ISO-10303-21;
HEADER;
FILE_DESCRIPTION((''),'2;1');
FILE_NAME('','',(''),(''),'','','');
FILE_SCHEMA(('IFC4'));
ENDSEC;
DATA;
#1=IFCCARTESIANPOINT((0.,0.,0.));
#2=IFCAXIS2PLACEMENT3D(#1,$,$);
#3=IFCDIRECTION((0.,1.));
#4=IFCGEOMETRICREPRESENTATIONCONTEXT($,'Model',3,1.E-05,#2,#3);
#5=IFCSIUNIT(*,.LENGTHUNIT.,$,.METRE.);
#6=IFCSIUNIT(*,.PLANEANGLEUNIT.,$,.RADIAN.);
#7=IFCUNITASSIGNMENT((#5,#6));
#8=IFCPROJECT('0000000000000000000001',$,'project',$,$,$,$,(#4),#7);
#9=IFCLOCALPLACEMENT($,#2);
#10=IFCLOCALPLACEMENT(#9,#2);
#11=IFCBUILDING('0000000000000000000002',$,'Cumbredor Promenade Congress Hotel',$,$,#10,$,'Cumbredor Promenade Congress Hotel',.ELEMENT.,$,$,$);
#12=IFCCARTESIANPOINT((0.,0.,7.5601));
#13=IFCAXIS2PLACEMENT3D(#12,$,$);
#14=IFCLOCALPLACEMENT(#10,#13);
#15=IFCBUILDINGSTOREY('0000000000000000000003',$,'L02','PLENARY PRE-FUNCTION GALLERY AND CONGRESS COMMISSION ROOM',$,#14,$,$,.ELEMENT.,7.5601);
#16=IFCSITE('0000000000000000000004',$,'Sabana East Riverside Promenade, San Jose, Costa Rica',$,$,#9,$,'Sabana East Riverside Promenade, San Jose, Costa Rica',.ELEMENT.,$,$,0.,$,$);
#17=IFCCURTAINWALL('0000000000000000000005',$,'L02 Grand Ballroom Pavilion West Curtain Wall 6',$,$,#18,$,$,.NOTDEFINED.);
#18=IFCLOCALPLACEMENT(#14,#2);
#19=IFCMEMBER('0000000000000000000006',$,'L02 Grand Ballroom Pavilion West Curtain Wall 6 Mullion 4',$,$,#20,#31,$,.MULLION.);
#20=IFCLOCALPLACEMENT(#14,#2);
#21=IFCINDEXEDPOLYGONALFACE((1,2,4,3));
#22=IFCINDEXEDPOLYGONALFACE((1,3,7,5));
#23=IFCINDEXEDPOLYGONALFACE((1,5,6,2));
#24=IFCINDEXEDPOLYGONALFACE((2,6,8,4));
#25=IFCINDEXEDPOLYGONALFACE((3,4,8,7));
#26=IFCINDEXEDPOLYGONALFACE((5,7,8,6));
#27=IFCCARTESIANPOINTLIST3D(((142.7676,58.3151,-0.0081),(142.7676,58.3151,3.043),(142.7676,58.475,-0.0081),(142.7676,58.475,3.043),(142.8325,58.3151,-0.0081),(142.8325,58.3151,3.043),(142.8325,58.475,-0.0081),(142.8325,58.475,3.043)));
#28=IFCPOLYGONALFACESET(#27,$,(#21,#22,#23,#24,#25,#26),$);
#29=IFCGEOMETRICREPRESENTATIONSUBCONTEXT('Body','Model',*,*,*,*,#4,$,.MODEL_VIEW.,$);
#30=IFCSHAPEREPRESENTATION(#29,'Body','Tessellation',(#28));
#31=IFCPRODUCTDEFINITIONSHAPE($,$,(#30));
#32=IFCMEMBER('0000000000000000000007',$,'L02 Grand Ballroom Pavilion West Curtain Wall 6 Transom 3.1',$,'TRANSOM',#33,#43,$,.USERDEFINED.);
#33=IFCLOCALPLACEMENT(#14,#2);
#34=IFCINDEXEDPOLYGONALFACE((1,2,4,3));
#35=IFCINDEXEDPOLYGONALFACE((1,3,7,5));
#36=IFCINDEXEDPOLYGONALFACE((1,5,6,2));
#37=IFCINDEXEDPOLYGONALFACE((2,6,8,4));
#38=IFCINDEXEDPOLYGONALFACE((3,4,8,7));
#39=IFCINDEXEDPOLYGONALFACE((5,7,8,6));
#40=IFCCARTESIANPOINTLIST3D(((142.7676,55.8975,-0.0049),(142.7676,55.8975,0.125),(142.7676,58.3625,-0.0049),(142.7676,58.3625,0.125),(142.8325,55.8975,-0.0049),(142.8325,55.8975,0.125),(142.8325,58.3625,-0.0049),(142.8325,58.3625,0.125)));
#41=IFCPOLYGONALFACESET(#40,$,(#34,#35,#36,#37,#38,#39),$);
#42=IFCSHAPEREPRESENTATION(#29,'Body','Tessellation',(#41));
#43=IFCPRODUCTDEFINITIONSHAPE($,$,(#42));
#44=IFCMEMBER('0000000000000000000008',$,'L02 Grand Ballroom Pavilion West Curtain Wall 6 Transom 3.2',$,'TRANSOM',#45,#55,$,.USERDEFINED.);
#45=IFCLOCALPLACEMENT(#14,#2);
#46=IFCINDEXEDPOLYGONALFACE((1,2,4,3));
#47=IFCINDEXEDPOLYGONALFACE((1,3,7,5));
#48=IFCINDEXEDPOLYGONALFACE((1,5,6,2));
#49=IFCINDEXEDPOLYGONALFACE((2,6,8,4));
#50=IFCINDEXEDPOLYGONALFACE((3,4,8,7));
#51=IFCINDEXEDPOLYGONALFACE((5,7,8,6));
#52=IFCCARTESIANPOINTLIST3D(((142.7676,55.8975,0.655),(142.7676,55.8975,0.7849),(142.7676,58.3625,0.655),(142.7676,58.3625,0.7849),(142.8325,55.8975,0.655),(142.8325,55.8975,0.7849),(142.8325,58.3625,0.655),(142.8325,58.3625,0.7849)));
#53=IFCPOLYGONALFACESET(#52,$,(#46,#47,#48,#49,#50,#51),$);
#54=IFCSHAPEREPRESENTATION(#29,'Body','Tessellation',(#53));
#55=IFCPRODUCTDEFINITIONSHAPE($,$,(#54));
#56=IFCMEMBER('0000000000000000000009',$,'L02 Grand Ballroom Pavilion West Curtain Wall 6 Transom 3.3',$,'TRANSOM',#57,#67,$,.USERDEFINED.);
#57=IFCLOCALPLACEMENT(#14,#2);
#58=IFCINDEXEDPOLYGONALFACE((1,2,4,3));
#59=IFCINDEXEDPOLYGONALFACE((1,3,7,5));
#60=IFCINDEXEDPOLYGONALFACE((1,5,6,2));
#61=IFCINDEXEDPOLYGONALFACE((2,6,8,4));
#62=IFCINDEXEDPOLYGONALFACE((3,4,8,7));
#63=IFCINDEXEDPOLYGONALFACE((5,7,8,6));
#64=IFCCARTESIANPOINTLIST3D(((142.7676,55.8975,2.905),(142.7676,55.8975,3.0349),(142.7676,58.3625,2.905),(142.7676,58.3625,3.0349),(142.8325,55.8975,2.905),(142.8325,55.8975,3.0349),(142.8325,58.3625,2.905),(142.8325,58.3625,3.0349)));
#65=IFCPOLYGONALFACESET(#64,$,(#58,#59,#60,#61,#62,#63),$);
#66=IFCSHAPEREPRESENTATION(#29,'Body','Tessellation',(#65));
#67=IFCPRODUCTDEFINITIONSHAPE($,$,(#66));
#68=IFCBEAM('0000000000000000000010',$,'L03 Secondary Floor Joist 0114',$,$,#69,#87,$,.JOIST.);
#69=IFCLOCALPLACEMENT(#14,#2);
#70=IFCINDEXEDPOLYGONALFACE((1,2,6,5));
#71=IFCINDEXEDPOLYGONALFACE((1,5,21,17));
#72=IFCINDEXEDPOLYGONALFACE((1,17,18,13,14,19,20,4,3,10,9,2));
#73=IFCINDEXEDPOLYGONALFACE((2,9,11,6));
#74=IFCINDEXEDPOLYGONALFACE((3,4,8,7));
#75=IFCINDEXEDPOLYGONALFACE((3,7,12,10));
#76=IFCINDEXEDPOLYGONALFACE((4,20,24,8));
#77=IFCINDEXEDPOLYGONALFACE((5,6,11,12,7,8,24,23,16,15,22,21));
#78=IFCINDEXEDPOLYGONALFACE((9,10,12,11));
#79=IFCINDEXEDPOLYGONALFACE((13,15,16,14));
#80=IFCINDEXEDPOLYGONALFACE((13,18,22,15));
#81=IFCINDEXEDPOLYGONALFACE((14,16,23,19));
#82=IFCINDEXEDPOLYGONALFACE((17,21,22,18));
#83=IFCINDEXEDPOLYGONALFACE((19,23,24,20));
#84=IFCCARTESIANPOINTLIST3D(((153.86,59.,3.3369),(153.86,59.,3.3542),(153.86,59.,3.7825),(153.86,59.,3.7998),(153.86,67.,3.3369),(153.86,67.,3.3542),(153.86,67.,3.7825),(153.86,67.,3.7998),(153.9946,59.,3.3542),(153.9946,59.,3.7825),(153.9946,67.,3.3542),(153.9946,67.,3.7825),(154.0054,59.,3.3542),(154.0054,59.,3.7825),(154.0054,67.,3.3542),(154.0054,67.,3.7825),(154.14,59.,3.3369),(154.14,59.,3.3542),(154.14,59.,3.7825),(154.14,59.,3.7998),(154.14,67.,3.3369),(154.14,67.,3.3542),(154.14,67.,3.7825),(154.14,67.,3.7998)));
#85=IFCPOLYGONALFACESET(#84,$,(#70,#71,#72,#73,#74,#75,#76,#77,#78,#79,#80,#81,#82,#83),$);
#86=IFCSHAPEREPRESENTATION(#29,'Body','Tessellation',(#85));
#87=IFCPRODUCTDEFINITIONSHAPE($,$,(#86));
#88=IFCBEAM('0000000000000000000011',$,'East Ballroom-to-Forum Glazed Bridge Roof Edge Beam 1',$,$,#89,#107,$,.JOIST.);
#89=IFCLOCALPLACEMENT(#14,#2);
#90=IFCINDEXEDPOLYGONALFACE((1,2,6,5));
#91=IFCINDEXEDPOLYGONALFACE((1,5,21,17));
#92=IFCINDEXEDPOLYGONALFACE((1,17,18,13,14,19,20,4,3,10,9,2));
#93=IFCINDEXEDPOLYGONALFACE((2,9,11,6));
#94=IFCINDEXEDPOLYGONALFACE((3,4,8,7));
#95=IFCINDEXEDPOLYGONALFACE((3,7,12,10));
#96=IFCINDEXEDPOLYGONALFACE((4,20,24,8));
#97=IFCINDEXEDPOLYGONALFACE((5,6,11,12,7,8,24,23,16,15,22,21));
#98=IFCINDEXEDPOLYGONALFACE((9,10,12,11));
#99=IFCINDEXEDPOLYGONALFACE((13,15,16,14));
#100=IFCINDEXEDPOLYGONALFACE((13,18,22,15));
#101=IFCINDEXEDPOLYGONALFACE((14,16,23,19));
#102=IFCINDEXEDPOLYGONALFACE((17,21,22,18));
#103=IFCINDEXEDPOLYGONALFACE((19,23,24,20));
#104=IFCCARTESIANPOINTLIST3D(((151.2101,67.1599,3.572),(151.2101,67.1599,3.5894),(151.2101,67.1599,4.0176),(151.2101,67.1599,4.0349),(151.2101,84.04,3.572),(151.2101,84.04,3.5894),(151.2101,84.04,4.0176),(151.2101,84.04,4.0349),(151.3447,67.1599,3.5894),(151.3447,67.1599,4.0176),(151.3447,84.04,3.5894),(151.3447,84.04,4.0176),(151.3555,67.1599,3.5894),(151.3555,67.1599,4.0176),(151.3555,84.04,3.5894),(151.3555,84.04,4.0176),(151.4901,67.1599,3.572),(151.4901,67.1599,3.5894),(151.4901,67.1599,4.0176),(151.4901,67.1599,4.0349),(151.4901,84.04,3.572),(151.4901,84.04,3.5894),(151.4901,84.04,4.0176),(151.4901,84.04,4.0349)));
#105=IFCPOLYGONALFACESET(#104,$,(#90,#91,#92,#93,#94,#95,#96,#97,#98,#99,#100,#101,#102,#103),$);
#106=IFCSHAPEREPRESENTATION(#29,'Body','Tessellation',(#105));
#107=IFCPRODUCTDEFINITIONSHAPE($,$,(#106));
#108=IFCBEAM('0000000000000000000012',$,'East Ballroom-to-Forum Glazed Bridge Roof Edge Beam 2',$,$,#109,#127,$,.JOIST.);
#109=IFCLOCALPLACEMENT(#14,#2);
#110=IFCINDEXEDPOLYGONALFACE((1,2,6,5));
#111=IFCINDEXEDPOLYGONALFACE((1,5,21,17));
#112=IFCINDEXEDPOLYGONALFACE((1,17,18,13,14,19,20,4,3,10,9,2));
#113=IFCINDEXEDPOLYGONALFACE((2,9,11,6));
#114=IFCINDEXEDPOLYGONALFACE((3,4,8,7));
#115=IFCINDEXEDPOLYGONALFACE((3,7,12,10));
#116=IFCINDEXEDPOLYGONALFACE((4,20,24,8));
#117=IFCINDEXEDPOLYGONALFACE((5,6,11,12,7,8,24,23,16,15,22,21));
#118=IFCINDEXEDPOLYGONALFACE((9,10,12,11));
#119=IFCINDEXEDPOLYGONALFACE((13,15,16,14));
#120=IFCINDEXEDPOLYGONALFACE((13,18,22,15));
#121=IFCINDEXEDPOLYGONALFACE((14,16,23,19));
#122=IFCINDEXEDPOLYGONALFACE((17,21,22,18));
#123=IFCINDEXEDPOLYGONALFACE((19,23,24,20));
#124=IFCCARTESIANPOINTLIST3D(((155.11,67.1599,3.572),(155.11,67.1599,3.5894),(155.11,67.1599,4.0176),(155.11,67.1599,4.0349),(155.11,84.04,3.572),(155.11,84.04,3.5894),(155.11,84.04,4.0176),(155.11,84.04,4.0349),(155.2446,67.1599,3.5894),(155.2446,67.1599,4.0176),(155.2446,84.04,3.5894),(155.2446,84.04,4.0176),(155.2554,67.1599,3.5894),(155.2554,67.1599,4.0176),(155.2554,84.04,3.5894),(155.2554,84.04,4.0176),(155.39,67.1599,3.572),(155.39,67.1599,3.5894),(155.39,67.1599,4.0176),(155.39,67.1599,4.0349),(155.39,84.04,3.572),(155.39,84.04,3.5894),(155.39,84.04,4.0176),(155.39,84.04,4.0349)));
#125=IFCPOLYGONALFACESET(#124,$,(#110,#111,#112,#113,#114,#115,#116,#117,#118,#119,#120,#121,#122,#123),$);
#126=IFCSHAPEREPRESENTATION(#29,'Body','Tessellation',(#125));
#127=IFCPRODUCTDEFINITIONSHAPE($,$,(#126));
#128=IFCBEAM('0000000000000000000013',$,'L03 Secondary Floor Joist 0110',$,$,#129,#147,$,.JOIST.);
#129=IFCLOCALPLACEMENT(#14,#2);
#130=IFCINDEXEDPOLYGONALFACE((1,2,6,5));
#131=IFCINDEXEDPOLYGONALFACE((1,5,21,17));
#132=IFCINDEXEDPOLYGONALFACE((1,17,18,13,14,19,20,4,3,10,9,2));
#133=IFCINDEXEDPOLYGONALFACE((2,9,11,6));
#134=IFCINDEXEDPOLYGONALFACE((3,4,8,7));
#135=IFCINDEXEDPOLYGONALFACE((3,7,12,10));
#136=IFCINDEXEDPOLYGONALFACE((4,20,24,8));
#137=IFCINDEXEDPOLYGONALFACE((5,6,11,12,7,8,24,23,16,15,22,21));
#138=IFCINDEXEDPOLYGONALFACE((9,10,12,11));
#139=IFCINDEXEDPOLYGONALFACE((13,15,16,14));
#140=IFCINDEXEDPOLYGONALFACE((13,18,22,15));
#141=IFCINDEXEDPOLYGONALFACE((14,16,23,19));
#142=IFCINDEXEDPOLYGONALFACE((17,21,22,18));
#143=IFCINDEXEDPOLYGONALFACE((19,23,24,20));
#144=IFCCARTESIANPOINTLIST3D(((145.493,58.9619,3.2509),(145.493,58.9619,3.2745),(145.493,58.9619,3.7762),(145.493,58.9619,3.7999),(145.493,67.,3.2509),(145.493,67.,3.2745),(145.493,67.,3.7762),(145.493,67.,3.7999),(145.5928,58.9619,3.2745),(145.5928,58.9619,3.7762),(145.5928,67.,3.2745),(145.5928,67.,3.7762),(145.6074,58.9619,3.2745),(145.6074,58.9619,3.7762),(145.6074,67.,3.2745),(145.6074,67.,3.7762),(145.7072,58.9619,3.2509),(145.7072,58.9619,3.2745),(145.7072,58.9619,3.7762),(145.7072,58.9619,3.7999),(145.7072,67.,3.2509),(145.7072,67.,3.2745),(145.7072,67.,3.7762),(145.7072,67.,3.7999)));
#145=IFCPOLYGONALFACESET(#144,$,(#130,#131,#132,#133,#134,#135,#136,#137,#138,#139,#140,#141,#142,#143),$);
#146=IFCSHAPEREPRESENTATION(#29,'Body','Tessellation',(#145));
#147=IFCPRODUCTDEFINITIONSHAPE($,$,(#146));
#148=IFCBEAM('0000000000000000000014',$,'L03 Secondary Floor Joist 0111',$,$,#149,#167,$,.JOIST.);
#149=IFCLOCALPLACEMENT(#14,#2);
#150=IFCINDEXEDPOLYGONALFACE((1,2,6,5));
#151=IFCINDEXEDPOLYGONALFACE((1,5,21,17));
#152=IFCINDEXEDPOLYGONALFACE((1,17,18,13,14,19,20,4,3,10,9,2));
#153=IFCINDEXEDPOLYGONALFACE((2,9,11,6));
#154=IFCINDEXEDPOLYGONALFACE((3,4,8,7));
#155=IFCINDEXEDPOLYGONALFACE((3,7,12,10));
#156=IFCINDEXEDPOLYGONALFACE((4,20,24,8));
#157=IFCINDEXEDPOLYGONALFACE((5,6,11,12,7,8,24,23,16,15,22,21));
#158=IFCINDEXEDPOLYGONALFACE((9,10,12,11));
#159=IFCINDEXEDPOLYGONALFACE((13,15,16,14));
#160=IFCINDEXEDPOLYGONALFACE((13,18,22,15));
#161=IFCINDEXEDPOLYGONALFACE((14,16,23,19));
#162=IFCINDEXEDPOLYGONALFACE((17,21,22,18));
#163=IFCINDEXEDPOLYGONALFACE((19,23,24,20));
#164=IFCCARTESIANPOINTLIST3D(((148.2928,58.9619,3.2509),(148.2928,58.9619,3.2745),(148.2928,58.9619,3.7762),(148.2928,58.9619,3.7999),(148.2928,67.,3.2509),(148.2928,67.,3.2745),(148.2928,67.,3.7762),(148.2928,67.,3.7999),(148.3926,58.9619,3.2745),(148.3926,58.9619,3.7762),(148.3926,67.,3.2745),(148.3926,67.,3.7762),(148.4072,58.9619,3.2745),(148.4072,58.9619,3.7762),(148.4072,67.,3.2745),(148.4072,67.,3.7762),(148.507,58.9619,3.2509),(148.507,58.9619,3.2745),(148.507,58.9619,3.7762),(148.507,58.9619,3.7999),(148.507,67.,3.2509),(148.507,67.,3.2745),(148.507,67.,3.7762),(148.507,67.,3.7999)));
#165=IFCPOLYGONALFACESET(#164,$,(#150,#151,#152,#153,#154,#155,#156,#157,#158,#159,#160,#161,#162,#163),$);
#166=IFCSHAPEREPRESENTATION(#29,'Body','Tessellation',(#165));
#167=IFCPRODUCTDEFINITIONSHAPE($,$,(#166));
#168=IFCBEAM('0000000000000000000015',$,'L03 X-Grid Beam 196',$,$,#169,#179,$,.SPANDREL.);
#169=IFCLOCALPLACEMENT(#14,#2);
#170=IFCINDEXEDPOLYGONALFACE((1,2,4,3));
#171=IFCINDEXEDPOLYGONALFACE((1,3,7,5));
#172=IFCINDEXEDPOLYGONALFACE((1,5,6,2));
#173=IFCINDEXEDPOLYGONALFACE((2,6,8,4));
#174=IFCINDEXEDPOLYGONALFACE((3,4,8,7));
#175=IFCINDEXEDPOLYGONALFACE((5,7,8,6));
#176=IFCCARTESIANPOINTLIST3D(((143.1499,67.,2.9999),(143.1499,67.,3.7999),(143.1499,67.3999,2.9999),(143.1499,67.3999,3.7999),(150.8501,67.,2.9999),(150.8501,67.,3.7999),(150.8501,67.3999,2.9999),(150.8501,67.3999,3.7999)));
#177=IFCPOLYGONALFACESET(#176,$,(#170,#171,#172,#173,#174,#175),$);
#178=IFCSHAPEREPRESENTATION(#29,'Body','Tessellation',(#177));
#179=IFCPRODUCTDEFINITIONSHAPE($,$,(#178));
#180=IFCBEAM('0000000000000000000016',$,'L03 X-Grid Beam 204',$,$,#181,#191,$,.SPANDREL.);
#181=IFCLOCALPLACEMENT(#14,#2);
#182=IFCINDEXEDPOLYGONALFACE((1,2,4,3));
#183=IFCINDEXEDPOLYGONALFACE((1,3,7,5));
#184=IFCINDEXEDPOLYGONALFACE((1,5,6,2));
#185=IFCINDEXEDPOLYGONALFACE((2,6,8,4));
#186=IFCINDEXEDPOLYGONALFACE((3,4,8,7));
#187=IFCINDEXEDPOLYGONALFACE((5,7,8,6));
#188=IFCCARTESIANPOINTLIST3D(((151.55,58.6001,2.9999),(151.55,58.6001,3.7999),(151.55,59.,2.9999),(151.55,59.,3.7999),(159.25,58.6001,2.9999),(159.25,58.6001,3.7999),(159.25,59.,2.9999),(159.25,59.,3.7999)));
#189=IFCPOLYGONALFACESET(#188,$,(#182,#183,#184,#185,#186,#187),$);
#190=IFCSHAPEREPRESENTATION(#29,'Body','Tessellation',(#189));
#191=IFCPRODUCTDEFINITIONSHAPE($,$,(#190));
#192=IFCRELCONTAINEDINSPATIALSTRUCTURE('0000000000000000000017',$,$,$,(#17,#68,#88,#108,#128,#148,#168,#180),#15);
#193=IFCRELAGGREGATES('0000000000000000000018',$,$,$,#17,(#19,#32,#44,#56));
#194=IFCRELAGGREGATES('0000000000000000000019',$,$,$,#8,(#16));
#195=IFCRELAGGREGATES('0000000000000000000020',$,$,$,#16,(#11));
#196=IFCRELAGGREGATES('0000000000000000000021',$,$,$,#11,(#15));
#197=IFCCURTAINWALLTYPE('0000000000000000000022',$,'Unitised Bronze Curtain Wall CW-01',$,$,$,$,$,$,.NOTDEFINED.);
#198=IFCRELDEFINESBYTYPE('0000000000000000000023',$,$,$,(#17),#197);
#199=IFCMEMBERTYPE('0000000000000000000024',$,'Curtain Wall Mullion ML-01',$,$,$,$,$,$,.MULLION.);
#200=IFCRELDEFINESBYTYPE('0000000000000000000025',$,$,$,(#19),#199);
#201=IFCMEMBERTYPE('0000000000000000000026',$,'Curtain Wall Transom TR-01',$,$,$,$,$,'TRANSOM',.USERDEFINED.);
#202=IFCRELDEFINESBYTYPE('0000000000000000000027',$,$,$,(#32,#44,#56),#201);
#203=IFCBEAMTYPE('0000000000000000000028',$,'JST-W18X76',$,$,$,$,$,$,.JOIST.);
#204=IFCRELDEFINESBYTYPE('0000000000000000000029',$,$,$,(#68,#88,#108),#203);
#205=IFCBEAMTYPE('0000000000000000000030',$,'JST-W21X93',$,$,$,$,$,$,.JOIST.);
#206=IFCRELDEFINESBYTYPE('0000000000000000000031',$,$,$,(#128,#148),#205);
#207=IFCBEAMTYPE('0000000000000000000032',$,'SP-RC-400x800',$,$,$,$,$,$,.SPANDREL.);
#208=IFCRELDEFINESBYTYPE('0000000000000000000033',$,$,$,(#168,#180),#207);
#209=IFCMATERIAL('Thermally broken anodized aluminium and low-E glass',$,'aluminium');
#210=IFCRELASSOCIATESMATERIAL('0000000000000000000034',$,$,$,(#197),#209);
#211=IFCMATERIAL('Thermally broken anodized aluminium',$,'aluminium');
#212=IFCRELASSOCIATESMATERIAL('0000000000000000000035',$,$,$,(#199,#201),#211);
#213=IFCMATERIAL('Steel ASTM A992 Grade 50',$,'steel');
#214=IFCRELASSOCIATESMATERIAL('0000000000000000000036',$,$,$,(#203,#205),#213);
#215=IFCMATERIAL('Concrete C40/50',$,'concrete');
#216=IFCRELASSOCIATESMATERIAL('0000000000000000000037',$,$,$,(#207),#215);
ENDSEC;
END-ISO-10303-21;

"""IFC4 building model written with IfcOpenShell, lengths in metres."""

from ifc_helpers import new_model, si_unit, direction, frame, origin, origin_2d, place, context, subcontext, project, spatial, rectangle, i_section, extrude, material, material_profile, profile_set, type_object, element, aggregate, save


model = new_model("IFC4")

# Units and contexts
model_context = context("Model", 3, precision=1e-05, world=origin(), true_north=direction((0.0, 1.0)))
body_context = subcontext(model_context, "Body", "Model", "MODEL_VIEW")
ifc_project = project(units=[si_unit("LENGTHUNIT", "METRE"), si_unit("PLANEANGLEUNIT", "RADIAN")], contexts=[model_context])

# Site, building, storey
site_placement = place(None, origin())
site = spatial("IfcSite", under=ifc_project, at=site_placement, Name="Sabana East Riverside Promenade, San Jose, Costa Rica", LongName="Sabana East Riverside Promenade, San Jose, Costa Rica", CompositionType="ELEMENT", RefElevation=0.0)
building_placement = place(site_placement, origin())
building = spatial("IfcBuilding", under=site, at=building_placement, Name="Cumbredor Promenade Congress Hotel", LongName="Cumbredor Promenade Congress Hotel", CompositionType="ELEMENT")
storey_placement = place(building_placement, frame((0.0, 0.0, 7.5601)))
storey = spatial("IfcBuildingStorey", under=building, at=storey_placement, Name="L02", Description="PLENARY PRE-FUNCTION GALLERY AND CONGRESS COMMISSION ROOM", CompositionType="ELEMENT", Elevation=7.5601)

# Shared definitions
ifc_material_1 = material(Name="Concrete C40/50", Category="concrete")

# Shared definitions
ifc_material_2 = material(Name="Steel ASTM A992 Grade 50", Category="steel")

# Curtain wall, members
ifc_material_3 = material(Name="Thermally broken anodized aluminium and low-E glass", Category="aluminium")
curtain_wall_type = type_object("IfcCurtainWallType", Name="Unitised Bronze Curtain Wall CW-01", PredefinedType="NOTDEFINED", material=ifc_material_3)
curtain_wall_placement = place(storey_placement, origin())
curtain_wall = element("IfcCurtainWall", 1, at=curtain_wall_placement, inside=storey, type_object=curtain_wall_type, Name="L02 Grand Ballroom Pavilion West Curtain Wall 6", PredefinedType="NOTDEFINED")
ifc_material_4 = material(Name="Thermally broken anodized aluminium", Category="aluminium")
ifc_material_profile_1 = material_profile(ifc_material_4, rectangle(XDim=0.0649, YDim=0.1599, at=origin_2d()), Name="ALU MULLION 65x160")
ifc_profile_set_1 = profile_set([ifc_material_profile_1], Name="Thermally broken anodized aluminium")
member_type_1 = type_object("IfcMemberType", Name="Curtain Wall Mullion ML-01", PredefinedType="MULLION", material=ifc_profile_set_1)
member_1_placement = place(storey_placement, frame((142.8, 58.395, -0.0081), z_axis=(0.0, 0.0, 1.0), x_axis=(1.0, 0.0, 0.0)))
member_1 = element("IfcMember", 2, at=member_1_placement, type_object=member_type_1, Name="L02 Grand Ballroom Pavilion West Curtain Wall 6 Mullion 4", PredefinedType="MULLION", context=body_context, shape_type="SweptSolid", body=[
    extrude(rectangle(XDim=0.0649, YDim=0.1599, at=origin_2d()), origin(), (0.0, 0.0, 1.0), 3.051),
])
ifc_material_profile_2 = material_profile(ifc_material_4, rectangle(XDim=0.0649, YDim=0.1299, at=origin_2d()), Name="ALU TRANSOM 65x130")
ifc_profile_set_2 = profile_set([ifc_material_profile_2], Name="Thermally broken anodized aluminium")
member_type_2 = type_object("IfcMemberType", Name="Curtain Wall Transom TR-01", ElementType="TRANSOM", PredefinedType="USERDEFINED", material=ifc_profile_set_2)
member_2_placement = place(storey_placement, frame((142.8, 55.8975, 0.0601), z_axis=(0.0, 1.0, 0.0), x_axis=(-1.0, 0.0, 0.0)))
member_2 = element("IfcMember", 3, at=member_2_placement, type_object=member_type_2, Name="L02 Grand Ballroom Pavilion West Curtain Wall 6 Transom 3.1", ObjectType="TRANSOM", PredefinedType="USERDEFINED", context=body_context, shape_type="SweptSolid", body=[
    extrude(rectangle(XDim=0.0649, YDim=0.1299, at=origin_2d()), origin(), (0.0, 0.0, 1.0), 2.4651),
])
member_3_placement = place(storey_placement, frame((142.8, 55.8975, 0.72), z_axis=(0.0, 1.0, 0.0), x_axis=(-1.0, 0.0, 0.0)))
member_3 = element("IfcMember", 4, at=member_3_placement, type_object=member_type_2, Name="L02 Grand Ballroom Pavilion West Curtain Wall 6 Transom 3.2", ObjectType="TRANSOM", PredefinedType="USERDEFINED", context=body_context, shape_type="SweptSolid", body=[
    extrude(rectangle(XDim=0.0649, YDim=0.1299, at=origin_2d()), origin(), (0.0, 0.0, 1.0), 2.4651),
])
member_4_placement = place(storey_placement, frame((142.8, 55.8975, 2.97), z_axis=(0.0, 1.0, 0.0), x_axis=(-1.0, 0.0, 0.0)))
member_4 = element("IfcMember", 5, at=member_4_placement, type_object=member_type_2, Name="L02 Grand Ballroom Pavilion West Curtain Wall 6 Transom 3.3", ObjectType="TRANSOM", PredefinedType="USERDEFINED", context=body_context, shape_type="SweptSolid", body=[
    extrude(rectangle(XDim=0.0649, YDim=0.1299, at=origin_2d()), origin(), (0.0, 0.0, 1.0), 2.4651),
])

# Beams
ifc_material_profile_3 = material_profile(ifc_material_2, i_section(OverallWidth=0.28, OverallDepth=0.4629, WebThickness=0.0107, FlangeThickness=0.0173, at=origin_2d()), Name="W18X76")
ifc_profile_set_3 = profile_set([ifc_material_profile_3], Name="Steel ASTM A992 Grade 50")
beam_type_1 = type_object("IfcBeamType", Name="JST-W18X76", PredefinedType="JOIST", material=ifc_profile_set_3)
beam_1_placement = place(storey_placement, frame((154.0, 59.0, 3.5684), z_axis=(0.0, 1.0, 0.0), x_axis=(-1.0, 0.0, 0.0)))
element("IfcBeam", 6, at=beam_1_placement, inside=storey, type_object=beam_type_1, Name="L03 Secondary Floor Joist 0114", PredefinedType="JOIST", context=body_context, shape_type="SweptSolid", body=[
    extrude(i_section(OverallWidth=0.28, OverallDepth=0.4629, WebThickness=0.0107, FlangeThickness=0.0173, at=origin_2d()), origin(), (0.0, 0.0, 1.0), 8.0),
])
for number, where, z_axis, x_axis, name in (
    (7, (151.3501, 67.1599, 3.8035), (0.0, 1.0, 0.0), (-1.0, 0.0, 0.0), "East Ballroom-to-Forum Glazed Bridge Roof Edge Beam 1"),
    (8, (155.25, 67.1599, 3.8035), (0.0, 1.0, 0.0), (-1.0, 0.0, 0.0), "East Ballroom-to-Forum Glazed Bridge Roof Edge Beam 2"),
):
    element("IfcBeam", number, at=place(storey_placement, frame(where, z_axis=z_axis, x_axis=x_axis)), inside=storey, type_object=beam_type_1, Name=name, PredefinedType="JOIST", context=body_context, shape_type="SweptSolid", body=[
        extrude(i_section(OverallWidth=0.28, OverallDepth=0.4629, WebThickness=0.0107, FlangeThickness=0.0173, at=origin_2d()), origin(), (0.0, 0.0, 1.0), 16.8801),
    ])
ifc_material_profile_4 = material_profile(ifc_material_2, i_section(OverallWidth=0.2141, OverallDepth=0.5491, WebThickness=0.0146, FlangeThickness=0.0237, at=origin_2d()), Name="W21X93")
ifc_profile_set_4 = profile_set([ifc_material_profile_4], Name="Steel ASTM A992 Grade 50")
beam_type_2 = type_object("IfcBeamType", Name="JST-W21X93", PredefinedType="JOIST", material=ifc_profile_set_4)
for number, where, z_axis, x_axis, name in (
    (9, (145.6001, 58.9619, 3.5254), (0.0, 1.0, 0.0), (-1.0, 0.0, 0.0), "L03 Secondary Floor Joist 0110"),
    (10, (148.3999, 58.9619, 3.5254), (0.0, 1.0, 0.0), (-1.0, 0.0, 0.0), "L03 Secondary Floor Joist 0111"),
):
    element("IfcBeam", number, at=place(storey_placement, frame(where, z_axis=z_axis, x_axis=x_axis)), inside=storey, type_object=beam_type_2, Name=name, PredefinedType="JOIST", context=body_context, shape_type="SweptSolid", body=[
        extrude(i_section(OverallWidth=0.2141, OverallDepth=0.5491, WebThickness=0.0146, FlangeThickness=0.0237, at=origin_2d()), origin(), (0.0, 0.0, 1.0), 8.0381),
    ])
ifc_material_profile_5 = material_profile(ifc_material_1, rectangle(XDim=0.3999, YDim=0.8, at=origin_2d()), Name="RC SPANDREL 400x800")
ifc_profile_set_5 = profile_set([ifc_material_profile_5], Name="Concrete C40/50")
beam_type_3 = type_object("IfcBeamType", Name="SP-RC-400x800", PredefinedType="SPANDREL", material=ifc_profile_set_5)
beam_2_placement = place(storey_placement, frame((143.1499, 67.2, 3.3999), z_axis=(1.0, 0.0, 0.0), x_axis=(0.0, 1.0, 0.0)))
element("IfcBeam", 11, at=beam_2_placement, inside=storey, type_object=beam_type_3, Name="L03 X-Grid Beam 196", PredefinedType="SPANDREL", context=body_context, shape_type="SweptSolid", body=[
    extrude(rectangle(XDim=0.3999, YDim=0.8, at=origin_2d()), origin(), (0.0, 0.0, 1.0), 7.7002),
])
for number, where, z_axis, x_axis, name in (
    (12, (151.55, 58.8, 3.3999), (1.0, 0.0, 0.0), (0.0, 1.0, 0.0), "L03 X-Grid Beam 204"),
):
    element("IfcBeam", number, at=place(storey_placement, frame(where, z_axis=z_axis, x_axis=x_axis)), inside=storey, type_object=beam_type_3, Name=name, PredefinedType="SPANDREL", context=body_context, shape_type="SweptSolid", body=[
        extrude(rectangle(XDim=0.3999, YDim=0.8, at=origin_2d()), origin(), (0.0, 0.0, 1.0), 7.7),
    ])

aggregate(curtain_wall, [member_1, member_2, member_3, member_4])

save(model, "model.ifc")
